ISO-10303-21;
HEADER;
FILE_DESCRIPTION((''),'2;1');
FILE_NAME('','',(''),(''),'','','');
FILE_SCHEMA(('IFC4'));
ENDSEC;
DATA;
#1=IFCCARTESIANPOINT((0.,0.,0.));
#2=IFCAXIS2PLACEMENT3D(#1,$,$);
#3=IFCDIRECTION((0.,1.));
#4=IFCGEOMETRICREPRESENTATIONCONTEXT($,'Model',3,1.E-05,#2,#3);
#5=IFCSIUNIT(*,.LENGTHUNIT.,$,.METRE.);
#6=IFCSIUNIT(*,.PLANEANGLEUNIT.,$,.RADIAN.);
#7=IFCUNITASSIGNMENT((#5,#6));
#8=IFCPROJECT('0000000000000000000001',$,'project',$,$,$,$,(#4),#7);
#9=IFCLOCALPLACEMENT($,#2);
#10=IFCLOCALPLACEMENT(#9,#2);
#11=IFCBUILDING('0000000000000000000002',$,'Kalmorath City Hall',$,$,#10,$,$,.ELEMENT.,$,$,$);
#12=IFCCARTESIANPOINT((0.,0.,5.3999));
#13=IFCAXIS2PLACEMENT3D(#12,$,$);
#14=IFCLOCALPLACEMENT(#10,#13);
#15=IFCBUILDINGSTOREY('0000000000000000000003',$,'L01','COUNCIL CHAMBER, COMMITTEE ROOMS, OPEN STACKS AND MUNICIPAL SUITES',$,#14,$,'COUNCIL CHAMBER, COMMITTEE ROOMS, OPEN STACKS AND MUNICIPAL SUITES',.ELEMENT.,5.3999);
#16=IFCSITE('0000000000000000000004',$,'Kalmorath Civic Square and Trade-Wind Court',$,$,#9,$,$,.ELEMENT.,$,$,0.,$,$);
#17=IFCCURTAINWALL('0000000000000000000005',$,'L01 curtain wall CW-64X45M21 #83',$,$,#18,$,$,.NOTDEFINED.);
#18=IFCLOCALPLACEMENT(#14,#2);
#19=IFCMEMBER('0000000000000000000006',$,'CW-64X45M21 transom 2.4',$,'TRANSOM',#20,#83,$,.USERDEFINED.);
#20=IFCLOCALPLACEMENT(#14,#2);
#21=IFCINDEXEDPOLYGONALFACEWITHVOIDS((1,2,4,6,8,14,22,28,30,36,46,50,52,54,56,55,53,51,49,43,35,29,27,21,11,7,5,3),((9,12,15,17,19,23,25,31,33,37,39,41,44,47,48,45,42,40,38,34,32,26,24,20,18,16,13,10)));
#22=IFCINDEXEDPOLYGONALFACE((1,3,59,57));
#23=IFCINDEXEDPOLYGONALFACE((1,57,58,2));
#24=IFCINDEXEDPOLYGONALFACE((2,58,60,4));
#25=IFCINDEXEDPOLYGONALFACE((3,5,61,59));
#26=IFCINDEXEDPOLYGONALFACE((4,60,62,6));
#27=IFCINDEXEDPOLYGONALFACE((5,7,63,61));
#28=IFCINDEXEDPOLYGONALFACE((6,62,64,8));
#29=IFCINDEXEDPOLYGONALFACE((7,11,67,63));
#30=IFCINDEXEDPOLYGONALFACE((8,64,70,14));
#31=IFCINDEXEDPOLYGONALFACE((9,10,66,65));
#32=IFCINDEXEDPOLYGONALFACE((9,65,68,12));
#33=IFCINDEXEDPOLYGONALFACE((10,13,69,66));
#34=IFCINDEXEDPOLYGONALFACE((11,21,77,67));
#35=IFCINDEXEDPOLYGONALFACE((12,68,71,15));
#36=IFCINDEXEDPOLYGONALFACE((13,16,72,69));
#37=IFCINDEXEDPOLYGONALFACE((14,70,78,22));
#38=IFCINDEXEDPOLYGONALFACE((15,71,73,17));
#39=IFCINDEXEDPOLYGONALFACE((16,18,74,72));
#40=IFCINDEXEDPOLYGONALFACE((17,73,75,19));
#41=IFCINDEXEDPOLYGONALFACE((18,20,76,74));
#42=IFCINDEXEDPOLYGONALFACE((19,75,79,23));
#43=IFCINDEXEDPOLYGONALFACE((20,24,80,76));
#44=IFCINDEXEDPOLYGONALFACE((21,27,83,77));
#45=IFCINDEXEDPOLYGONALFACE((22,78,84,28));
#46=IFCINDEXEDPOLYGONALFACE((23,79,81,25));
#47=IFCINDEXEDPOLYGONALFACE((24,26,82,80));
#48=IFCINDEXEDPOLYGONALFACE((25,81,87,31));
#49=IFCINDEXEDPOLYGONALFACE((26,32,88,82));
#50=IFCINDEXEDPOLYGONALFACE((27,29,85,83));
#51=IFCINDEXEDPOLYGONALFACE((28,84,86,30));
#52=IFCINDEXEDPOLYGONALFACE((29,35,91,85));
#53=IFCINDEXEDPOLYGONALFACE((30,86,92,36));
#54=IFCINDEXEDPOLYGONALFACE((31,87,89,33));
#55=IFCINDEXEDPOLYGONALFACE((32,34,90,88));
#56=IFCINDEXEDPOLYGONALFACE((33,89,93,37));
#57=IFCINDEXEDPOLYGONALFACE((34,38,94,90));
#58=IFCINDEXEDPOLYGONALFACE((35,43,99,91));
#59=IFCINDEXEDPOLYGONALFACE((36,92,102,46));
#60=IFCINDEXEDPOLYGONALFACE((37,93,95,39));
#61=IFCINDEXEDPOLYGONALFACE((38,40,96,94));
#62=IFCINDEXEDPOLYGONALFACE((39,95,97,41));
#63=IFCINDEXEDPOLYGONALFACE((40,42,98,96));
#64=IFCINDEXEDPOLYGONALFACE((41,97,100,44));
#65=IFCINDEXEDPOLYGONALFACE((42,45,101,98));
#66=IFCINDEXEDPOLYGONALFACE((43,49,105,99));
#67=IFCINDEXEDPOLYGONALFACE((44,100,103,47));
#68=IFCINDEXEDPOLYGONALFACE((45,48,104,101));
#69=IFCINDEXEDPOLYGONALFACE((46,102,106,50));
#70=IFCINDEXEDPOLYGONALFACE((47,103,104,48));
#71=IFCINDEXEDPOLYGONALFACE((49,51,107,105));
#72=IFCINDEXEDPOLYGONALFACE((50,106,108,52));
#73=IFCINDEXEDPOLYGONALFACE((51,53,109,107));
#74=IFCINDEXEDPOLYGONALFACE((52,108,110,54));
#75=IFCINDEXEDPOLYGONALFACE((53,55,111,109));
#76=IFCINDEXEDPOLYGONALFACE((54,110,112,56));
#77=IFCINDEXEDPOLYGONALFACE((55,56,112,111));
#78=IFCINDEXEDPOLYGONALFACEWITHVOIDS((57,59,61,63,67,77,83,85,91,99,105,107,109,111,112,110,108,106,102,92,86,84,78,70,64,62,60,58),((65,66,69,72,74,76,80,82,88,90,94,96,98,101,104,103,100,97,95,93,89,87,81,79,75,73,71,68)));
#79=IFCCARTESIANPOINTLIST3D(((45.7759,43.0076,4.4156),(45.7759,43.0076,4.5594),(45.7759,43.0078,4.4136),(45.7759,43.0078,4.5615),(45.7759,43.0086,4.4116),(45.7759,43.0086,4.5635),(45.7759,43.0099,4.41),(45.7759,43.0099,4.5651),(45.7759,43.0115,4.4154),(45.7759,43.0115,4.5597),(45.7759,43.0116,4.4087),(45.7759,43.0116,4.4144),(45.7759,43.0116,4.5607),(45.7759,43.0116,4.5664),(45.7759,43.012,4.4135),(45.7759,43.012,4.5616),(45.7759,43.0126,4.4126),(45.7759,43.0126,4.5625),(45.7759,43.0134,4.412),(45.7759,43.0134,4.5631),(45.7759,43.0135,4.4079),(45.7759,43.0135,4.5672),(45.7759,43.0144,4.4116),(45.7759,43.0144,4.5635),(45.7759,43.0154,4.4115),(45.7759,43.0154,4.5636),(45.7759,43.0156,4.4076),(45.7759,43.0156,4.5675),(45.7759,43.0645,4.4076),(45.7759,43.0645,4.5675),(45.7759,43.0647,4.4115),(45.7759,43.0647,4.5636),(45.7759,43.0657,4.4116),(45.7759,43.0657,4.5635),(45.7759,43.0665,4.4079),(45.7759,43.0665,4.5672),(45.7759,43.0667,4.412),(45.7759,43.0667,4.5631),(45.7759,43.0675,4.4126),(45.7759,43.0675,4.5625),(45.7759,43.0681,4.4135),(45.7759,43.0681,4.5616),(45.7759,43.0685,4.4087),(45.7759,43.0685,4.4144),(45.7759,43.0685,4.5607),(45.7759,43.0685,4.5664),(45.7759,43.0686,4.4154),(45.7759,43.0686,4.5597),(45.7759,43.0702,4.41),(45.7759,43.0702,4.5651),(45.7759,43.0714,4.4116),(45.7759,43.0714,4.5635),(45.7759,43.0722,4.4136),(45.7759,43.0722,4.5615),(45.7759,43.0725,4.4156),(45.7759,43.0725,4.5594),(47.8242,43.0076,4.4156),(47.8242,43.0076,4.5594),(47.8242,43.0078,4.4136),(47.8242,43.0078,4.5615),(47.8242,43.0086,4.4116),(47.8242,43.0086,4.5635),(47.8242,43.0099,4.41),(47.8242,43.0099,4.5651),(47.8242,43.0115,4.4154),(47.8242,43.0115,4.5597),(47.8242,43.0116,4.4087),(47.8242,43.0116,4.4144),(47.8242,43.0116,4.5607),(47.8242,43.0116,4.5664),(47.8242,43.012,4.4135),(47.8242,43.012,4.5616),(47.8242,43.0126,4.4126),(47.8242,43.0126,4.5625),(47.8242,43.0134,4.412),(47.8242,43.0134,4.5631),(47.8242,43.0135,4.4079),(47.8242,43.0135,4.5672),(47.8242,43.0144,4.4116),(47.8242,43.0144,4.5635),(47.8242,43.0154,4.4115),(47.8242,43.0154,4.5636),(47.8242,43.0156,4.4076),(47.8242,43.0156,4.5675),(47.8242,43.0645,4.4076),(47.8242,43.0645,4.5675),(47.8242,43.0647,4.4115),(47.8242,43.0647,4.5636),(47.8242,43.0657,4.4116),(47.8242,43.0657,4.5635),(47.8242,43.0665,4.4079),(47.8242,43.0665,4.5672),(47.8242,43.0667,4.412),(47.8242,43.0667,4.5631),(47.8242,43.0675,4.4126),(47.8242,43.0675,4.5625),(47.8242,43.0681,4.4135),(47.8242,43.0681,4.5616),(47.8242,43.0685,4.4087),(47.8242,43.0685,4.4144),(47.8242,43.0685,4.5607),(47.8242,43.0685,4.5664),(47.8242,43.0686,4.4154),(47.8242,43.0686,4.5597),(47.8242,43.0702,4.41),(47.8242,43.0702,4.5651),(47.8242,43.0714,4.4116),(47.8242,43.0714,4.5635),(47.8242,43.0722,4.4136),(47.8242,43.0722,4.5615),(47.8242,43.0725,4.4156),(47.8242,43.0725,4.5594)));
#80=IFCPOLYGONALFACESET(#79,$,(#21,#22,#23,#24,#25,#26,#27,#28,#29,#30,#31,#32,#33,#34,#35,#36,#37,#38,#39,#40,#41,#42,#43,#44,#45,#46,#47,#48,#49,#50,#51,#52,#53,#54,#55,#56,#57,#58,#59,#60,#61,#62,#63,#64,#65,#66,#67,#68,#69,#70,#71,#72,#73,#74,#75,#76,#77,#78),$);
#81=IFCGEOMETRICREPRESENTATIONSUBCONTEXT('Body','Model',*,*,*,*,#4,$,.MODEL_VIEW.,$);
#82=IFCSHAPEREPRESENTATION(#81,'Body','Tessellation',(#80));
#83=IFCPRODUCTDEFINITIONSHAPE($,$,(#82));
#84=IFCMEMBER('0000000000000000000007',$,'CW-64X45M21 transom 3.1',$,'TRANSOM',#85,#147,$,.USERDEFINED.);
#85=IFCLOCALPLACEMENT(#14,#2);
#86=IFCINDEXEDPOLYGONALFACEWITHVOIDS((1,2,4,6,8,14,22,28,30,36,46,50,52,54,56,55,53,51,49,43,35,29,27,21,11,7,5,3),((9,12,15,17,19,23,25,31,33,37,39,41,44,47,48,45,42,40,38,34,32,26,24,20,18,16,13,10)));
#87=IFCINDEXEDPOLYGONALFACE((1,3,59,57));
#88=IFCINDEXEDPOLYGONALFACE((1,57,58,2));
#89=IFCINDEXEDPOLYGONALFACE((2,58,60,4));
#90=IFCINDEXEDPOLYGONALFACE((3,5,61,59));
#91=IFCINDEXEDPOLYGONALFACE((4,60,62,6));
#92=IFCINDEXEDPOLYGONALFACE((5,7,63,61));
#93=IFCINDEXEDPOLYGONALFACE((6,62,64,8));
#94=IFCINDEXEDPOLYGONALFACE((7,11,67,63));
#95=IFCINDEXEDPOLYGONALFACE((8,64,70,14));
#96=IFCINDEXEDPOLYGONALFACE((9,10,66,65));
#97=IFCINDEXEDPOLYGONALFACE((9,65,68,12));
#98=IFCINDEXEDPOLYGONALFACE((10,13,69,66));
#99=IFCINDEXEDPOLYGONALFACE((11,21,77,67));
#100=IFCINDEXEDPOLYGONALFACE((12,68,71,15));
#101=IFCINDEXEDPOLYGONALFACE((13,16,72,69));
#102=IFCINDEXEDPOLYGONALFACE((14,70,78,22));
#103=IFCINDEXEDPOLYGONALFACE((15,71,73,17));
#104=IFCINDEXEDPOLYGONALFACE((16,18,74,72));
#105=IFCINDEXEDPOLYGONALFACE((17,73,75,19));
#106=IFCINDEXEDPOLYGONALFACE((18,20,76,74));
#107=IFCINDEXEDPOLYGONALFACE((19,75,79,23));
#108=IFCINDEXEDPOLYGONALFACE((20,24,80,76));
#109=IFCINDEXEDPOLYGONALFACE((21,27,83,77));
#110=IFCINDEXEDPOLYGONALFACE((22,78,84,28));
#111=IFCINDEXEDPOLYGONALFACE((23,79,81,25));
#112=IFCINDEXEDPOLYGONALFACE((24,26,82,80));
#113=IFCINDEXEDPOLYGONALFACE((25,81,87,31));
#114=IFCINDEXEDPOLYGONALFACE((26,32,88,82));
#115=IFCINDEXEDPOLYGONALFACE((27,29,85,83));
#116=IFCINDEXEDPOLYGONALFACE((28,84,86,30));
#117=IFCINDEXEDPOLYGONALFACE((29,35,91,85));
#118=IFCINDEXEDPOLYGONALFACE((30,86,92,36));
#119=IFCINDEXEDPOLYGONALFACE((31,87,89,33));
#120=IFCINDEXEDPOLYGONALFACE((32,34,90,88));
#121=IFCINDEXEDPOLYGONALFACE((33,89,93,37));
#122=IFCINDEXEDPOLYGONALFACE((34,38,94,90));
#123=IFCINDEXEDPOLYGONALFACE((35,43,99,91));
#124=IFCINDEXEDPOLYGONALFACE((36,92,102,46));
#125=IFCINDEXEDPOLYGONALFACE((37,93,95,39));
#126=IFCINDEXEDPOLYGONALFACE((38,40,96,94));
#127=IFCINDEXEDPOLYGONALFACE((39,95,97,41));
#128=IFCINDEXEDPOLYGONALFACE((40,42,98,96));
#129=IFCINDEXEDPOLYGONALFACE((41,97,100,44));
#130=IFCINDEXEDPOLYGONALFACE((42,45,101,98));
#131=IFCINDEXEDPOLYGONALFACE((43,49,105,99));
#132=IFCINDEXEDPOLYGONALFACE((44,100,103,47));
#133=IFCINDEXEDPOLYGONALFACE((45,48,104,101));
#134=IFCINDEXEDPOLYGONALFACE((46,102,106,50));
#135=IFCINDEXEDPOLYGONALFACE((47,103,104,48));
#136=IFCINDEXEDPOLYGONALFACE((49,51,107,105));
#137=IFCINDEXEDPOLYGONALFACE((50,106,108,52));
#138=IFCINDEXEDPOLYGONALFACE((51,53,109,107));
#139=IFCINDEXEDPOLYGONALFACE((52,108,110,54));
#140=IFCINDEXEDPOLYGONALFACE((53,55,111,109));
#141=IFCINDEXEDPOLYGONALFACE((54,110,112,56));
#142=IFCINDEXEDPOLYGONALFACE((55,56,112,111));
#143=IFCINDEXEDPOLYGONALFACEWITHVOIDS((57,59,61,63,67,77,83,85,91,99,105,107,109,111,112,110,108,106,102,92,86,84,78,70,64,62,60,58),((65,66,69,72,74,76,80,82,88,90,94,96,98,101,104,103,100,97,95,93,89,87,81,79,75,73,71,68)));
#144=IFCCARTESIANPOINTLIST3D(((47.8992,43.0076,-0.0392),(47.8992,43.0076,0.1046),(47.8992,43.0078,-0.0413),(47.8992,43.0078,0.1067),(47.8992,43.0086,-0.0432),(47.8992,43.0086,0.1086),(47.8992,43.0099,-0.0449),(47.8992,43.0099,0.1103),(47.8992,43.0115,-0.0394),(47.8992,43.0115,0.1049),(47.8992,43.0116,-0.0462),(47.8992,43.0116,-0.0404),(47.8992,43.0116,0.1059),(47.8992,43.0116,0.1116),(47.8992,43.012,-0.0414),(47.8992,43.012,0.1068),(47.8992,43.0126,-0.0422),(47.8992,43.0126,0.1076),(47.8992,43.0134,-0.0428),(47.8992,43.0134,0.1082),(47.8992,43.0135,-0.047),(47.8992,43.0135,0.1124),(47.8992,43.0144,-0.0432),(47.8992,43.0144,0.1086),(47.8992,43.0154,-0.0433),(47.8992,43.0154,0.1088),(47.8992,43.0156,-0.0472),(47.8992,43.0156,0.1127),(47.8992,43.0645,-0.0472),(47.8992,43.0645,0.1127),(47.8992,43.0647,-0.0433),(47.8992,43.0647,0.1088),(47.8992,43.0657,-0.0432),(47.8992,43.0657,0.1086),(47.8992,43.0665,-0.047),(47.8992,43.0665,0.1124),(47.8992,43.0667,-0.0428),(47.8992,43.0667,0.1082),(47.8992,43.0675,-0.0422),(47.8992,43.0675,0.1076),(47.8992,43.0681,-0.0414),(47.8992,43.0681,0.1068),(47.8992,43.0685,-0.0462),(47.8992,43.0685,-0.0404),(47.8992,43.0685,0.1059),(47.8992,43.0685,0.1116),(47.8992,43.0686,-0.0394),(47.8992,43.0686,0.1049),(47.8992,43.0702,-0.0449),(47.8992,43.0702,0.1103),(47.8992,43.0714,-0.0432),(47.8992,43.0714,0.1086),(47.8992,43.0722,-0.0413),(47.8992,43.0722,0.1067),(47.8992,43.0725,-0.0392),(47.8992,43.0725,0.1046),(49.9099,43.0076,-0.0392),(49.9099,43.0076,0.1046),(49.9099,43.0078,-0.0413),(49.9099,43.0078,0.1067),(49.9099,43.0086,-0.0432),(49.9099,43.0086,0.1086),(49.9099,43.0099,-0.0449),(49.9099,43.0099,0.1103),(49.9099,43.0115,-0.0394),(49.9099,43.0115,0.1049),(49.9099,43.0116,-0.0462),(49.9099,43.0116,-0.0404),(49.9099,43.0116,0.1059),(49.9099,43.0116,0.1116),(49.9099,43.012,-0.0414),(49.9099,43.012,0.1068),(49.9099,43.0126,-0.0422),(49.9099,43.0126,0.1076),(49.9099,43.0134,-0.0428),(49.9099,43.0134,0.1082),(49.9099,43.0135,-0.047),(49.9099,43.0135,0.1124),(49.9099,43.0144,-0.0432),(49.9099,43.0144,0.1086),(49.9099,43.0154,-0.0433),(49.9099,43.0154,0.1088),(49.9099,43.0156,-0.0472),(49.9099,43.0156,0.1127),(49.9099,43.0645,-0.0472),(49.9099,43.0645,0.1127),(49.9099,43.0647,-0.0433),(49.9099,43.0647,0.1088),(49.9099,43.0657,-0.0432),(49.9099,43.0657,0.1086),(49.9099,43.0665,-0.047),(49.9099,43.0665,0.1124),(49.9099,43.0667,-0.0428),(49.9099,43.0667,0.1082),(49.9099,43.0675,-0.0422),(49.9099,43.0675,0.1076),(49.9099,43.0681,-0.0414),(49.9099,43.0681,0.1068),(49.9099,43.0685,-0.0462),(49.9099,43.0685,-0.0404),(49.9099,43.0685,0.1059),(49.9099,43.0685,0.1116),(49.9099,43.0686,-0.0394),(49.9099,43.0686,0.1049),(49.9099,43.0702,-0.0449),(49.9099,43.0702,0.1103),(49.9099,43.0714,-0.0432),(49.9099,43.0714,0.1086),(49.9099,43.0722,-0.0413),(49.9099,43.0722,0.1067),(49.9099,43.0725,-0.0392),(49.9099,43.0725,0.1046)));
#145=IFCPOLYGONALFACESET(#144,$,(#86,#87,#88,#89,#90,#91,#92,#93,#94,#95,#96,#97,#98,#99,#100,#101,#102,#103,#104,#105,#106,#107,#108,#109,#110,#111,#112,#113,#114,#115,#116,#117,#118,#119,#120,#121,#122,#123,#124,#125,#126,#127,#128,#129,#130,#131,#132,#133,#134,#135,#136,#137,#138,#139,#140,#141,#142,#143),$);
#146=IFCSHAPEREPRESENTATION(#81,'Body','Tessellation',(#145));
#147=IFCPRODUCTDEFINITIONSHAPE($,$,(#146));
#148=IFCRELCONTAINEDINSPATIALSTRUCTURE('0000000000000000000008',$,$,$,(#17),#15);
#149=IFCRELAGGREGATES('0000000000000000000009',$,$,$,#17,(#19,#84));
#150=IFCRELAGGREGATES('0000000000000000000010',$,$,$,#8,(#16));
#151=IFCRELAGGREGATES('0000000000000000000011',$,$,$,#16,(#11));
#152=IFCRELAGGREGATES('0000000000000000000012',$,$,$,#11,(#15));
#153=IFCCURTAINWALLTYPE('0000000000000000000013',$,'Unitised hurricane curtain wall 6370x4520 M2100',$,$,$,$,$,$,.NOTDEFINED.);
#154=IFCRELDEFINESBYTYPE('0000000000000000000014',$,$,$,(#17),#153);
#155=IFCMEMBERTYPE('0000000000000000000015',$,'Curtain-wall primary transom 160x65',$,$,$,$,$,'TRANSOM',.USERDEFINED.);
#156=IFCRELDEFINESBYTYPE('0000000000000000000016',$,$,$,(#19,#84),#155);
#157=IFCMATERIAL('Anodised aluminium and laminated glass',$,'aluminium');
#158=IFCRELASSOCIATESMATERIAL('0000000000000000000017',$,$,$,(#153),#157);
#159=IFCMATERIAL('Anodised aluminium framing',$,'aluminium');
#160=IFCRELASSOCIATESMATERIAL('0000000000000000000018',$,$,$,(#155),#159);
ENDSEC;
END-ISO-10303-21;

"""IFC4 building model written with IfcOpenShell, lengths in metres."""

from ifc_helpers import new_model, si_unit, direction, frame, origin, origin_2d, place, context, subcontext, project, spatial, hollow_rectangle, extrude, material, material_profile, profile_set, type_object, element, aggregate, save


model = new_model("IFC4")

# Units and contexts
model_context = context("Model", 3, precision=1e-05, world=origin(), true_north=direction((0.0, 1.0)))
body_context = subcontext(model_context, "Body", "Model", "MODEL_VIEW")
ifc_project = project(units=[si_unit("LENGTHUNIT", "METRE"), si_unit("PLANEANGLEUNIT", "RADIAN")], contexts=[model_context])

# Site, building, storey
site_placement = place(None, origin())
site = spatial("IfcSite", under=ifc_project, at=site_placement, Name="Kalmorath Civic Square and Trade-Wind Court", CompositionType="ELEMENT", RefElevation=0.0)
building_placement = place(site_placement, origin())
building = spatial("IfcBuilding", under=site, at=building_placement, Name="Kalmorath City Hall", CompositionType="ELEMENT")
storey_placement = place(building_placement, frame((0.0, 0.0, 5.3999)))
storey = spatial("IfcBuildingStorey", under=building, at=storey_placement, Name="L01", Description="COUNCIL CHAMBER, COMMITTEE ROOMS, OPEN STACKS AND MUNICIPAL SUITES", LongName="COUNCIL CHAMBER, COMMITTEE ROOMS, OPEN STACKS AND MUNICIPAL SUITES", CompositionType="ELEMENT", Elevation=5.3999)

# Curtain wall
ifc_material_1 = material(Name="Anodised aluminium and laminated glass", Category="aluminium")
curtain_wall_type_1 = type_object("IfcCurtainWallType", Name="Unitised hurricane curtain wall 6370x4520 M2100", PredefinedType="NOTDEFINED", material=ifc_material_1)
curtain_wall_1_placement = place(storey_placement, origin())
curtain_wall_1 = element("IfcCurtainWall", 1, at=curtain_wall_1_placement, inside=storey, type_object=curtain_wall_type_1, Name="L01 curtain wall CW-64X45M21 #83", PredefinedType="NOTDEFINED")

# Members
ifc_material_2 = material(Name="Anodised aluminium framing", Category="aluminium")
ifc_material_profile_1 = material_profile(ifc_material_2, hollow_rectangle(XDim=0.0649, YDim=0.1599, WallThickness=0.0039, InnerFilletRadius=0.0039, OuterFilletRadius=0.0081, at=origin_2d()), Name="ALU-TRN-160X65X4")
ifc_profile_set_1 = profile_set([ifc_material_profile_1], Name="Anodised aluminium framing")
member_type_1 = type_object("IfcMemberType", Name="Curtain-wall primary transom 160x65", ElementType="TRANSOM", PredefinedType="USERDEFINED", material=ifc_profile_set_1)
member_1_placement = place(storey_placement, frame((45.7759, 43.04, 4.4875), z_axis=(1.0, 0.0, 0.0), x_axis=(0.0, 1.0, 0.0)))
member_1 = element("IfcMember", 2, at=member_1_placement, type_object=member_type_1, Name="CW-64X45M21 transom 2.4", ObjectType="TRANSOM", PredefinedType="USERDEFINED", context=body_context, shape_type="SweptSolid", body=[
    extrude(hollow_rectangle(XDim=0.0649, YDim=0.1599, WallThickness=0.0039, InnerFilletRadius=0.0039, OuterFilletRadius=0.0081, at=origin_2d()), origin(), (0.0, 0.0, 1.0), 2.0483),
])
member_2_placement = place(storey_placement, frame((47.8992, 43.04, 0.0327), z_axis=(1.0, 0.0, 0.0), x_axis=(0.0, 1.0, 0.0)))
member_2 = element("IfcMember", 3, at=member_2_placement, type_object=member_type_1, Name="CW-64X45M21 transom 3.1", ObjectType="TRANSOM", PredefinedType="USERDEFINED", context=body_context, shape_type="SweptSolid", body=[
    extrude(hollow_rectangle(XDim=0.0649, YDim=0.1599, WallThickness=0.0039, InnerFilletRadius=0.0039, OuterFilletRadius=0.0081, at=origin_2d()), origin(), (0.0, 0.0, 1.0), 2.0107),
])

aggregate(curtain_wall_1, [member_1, member_2])

save(model, "model.ifc")
